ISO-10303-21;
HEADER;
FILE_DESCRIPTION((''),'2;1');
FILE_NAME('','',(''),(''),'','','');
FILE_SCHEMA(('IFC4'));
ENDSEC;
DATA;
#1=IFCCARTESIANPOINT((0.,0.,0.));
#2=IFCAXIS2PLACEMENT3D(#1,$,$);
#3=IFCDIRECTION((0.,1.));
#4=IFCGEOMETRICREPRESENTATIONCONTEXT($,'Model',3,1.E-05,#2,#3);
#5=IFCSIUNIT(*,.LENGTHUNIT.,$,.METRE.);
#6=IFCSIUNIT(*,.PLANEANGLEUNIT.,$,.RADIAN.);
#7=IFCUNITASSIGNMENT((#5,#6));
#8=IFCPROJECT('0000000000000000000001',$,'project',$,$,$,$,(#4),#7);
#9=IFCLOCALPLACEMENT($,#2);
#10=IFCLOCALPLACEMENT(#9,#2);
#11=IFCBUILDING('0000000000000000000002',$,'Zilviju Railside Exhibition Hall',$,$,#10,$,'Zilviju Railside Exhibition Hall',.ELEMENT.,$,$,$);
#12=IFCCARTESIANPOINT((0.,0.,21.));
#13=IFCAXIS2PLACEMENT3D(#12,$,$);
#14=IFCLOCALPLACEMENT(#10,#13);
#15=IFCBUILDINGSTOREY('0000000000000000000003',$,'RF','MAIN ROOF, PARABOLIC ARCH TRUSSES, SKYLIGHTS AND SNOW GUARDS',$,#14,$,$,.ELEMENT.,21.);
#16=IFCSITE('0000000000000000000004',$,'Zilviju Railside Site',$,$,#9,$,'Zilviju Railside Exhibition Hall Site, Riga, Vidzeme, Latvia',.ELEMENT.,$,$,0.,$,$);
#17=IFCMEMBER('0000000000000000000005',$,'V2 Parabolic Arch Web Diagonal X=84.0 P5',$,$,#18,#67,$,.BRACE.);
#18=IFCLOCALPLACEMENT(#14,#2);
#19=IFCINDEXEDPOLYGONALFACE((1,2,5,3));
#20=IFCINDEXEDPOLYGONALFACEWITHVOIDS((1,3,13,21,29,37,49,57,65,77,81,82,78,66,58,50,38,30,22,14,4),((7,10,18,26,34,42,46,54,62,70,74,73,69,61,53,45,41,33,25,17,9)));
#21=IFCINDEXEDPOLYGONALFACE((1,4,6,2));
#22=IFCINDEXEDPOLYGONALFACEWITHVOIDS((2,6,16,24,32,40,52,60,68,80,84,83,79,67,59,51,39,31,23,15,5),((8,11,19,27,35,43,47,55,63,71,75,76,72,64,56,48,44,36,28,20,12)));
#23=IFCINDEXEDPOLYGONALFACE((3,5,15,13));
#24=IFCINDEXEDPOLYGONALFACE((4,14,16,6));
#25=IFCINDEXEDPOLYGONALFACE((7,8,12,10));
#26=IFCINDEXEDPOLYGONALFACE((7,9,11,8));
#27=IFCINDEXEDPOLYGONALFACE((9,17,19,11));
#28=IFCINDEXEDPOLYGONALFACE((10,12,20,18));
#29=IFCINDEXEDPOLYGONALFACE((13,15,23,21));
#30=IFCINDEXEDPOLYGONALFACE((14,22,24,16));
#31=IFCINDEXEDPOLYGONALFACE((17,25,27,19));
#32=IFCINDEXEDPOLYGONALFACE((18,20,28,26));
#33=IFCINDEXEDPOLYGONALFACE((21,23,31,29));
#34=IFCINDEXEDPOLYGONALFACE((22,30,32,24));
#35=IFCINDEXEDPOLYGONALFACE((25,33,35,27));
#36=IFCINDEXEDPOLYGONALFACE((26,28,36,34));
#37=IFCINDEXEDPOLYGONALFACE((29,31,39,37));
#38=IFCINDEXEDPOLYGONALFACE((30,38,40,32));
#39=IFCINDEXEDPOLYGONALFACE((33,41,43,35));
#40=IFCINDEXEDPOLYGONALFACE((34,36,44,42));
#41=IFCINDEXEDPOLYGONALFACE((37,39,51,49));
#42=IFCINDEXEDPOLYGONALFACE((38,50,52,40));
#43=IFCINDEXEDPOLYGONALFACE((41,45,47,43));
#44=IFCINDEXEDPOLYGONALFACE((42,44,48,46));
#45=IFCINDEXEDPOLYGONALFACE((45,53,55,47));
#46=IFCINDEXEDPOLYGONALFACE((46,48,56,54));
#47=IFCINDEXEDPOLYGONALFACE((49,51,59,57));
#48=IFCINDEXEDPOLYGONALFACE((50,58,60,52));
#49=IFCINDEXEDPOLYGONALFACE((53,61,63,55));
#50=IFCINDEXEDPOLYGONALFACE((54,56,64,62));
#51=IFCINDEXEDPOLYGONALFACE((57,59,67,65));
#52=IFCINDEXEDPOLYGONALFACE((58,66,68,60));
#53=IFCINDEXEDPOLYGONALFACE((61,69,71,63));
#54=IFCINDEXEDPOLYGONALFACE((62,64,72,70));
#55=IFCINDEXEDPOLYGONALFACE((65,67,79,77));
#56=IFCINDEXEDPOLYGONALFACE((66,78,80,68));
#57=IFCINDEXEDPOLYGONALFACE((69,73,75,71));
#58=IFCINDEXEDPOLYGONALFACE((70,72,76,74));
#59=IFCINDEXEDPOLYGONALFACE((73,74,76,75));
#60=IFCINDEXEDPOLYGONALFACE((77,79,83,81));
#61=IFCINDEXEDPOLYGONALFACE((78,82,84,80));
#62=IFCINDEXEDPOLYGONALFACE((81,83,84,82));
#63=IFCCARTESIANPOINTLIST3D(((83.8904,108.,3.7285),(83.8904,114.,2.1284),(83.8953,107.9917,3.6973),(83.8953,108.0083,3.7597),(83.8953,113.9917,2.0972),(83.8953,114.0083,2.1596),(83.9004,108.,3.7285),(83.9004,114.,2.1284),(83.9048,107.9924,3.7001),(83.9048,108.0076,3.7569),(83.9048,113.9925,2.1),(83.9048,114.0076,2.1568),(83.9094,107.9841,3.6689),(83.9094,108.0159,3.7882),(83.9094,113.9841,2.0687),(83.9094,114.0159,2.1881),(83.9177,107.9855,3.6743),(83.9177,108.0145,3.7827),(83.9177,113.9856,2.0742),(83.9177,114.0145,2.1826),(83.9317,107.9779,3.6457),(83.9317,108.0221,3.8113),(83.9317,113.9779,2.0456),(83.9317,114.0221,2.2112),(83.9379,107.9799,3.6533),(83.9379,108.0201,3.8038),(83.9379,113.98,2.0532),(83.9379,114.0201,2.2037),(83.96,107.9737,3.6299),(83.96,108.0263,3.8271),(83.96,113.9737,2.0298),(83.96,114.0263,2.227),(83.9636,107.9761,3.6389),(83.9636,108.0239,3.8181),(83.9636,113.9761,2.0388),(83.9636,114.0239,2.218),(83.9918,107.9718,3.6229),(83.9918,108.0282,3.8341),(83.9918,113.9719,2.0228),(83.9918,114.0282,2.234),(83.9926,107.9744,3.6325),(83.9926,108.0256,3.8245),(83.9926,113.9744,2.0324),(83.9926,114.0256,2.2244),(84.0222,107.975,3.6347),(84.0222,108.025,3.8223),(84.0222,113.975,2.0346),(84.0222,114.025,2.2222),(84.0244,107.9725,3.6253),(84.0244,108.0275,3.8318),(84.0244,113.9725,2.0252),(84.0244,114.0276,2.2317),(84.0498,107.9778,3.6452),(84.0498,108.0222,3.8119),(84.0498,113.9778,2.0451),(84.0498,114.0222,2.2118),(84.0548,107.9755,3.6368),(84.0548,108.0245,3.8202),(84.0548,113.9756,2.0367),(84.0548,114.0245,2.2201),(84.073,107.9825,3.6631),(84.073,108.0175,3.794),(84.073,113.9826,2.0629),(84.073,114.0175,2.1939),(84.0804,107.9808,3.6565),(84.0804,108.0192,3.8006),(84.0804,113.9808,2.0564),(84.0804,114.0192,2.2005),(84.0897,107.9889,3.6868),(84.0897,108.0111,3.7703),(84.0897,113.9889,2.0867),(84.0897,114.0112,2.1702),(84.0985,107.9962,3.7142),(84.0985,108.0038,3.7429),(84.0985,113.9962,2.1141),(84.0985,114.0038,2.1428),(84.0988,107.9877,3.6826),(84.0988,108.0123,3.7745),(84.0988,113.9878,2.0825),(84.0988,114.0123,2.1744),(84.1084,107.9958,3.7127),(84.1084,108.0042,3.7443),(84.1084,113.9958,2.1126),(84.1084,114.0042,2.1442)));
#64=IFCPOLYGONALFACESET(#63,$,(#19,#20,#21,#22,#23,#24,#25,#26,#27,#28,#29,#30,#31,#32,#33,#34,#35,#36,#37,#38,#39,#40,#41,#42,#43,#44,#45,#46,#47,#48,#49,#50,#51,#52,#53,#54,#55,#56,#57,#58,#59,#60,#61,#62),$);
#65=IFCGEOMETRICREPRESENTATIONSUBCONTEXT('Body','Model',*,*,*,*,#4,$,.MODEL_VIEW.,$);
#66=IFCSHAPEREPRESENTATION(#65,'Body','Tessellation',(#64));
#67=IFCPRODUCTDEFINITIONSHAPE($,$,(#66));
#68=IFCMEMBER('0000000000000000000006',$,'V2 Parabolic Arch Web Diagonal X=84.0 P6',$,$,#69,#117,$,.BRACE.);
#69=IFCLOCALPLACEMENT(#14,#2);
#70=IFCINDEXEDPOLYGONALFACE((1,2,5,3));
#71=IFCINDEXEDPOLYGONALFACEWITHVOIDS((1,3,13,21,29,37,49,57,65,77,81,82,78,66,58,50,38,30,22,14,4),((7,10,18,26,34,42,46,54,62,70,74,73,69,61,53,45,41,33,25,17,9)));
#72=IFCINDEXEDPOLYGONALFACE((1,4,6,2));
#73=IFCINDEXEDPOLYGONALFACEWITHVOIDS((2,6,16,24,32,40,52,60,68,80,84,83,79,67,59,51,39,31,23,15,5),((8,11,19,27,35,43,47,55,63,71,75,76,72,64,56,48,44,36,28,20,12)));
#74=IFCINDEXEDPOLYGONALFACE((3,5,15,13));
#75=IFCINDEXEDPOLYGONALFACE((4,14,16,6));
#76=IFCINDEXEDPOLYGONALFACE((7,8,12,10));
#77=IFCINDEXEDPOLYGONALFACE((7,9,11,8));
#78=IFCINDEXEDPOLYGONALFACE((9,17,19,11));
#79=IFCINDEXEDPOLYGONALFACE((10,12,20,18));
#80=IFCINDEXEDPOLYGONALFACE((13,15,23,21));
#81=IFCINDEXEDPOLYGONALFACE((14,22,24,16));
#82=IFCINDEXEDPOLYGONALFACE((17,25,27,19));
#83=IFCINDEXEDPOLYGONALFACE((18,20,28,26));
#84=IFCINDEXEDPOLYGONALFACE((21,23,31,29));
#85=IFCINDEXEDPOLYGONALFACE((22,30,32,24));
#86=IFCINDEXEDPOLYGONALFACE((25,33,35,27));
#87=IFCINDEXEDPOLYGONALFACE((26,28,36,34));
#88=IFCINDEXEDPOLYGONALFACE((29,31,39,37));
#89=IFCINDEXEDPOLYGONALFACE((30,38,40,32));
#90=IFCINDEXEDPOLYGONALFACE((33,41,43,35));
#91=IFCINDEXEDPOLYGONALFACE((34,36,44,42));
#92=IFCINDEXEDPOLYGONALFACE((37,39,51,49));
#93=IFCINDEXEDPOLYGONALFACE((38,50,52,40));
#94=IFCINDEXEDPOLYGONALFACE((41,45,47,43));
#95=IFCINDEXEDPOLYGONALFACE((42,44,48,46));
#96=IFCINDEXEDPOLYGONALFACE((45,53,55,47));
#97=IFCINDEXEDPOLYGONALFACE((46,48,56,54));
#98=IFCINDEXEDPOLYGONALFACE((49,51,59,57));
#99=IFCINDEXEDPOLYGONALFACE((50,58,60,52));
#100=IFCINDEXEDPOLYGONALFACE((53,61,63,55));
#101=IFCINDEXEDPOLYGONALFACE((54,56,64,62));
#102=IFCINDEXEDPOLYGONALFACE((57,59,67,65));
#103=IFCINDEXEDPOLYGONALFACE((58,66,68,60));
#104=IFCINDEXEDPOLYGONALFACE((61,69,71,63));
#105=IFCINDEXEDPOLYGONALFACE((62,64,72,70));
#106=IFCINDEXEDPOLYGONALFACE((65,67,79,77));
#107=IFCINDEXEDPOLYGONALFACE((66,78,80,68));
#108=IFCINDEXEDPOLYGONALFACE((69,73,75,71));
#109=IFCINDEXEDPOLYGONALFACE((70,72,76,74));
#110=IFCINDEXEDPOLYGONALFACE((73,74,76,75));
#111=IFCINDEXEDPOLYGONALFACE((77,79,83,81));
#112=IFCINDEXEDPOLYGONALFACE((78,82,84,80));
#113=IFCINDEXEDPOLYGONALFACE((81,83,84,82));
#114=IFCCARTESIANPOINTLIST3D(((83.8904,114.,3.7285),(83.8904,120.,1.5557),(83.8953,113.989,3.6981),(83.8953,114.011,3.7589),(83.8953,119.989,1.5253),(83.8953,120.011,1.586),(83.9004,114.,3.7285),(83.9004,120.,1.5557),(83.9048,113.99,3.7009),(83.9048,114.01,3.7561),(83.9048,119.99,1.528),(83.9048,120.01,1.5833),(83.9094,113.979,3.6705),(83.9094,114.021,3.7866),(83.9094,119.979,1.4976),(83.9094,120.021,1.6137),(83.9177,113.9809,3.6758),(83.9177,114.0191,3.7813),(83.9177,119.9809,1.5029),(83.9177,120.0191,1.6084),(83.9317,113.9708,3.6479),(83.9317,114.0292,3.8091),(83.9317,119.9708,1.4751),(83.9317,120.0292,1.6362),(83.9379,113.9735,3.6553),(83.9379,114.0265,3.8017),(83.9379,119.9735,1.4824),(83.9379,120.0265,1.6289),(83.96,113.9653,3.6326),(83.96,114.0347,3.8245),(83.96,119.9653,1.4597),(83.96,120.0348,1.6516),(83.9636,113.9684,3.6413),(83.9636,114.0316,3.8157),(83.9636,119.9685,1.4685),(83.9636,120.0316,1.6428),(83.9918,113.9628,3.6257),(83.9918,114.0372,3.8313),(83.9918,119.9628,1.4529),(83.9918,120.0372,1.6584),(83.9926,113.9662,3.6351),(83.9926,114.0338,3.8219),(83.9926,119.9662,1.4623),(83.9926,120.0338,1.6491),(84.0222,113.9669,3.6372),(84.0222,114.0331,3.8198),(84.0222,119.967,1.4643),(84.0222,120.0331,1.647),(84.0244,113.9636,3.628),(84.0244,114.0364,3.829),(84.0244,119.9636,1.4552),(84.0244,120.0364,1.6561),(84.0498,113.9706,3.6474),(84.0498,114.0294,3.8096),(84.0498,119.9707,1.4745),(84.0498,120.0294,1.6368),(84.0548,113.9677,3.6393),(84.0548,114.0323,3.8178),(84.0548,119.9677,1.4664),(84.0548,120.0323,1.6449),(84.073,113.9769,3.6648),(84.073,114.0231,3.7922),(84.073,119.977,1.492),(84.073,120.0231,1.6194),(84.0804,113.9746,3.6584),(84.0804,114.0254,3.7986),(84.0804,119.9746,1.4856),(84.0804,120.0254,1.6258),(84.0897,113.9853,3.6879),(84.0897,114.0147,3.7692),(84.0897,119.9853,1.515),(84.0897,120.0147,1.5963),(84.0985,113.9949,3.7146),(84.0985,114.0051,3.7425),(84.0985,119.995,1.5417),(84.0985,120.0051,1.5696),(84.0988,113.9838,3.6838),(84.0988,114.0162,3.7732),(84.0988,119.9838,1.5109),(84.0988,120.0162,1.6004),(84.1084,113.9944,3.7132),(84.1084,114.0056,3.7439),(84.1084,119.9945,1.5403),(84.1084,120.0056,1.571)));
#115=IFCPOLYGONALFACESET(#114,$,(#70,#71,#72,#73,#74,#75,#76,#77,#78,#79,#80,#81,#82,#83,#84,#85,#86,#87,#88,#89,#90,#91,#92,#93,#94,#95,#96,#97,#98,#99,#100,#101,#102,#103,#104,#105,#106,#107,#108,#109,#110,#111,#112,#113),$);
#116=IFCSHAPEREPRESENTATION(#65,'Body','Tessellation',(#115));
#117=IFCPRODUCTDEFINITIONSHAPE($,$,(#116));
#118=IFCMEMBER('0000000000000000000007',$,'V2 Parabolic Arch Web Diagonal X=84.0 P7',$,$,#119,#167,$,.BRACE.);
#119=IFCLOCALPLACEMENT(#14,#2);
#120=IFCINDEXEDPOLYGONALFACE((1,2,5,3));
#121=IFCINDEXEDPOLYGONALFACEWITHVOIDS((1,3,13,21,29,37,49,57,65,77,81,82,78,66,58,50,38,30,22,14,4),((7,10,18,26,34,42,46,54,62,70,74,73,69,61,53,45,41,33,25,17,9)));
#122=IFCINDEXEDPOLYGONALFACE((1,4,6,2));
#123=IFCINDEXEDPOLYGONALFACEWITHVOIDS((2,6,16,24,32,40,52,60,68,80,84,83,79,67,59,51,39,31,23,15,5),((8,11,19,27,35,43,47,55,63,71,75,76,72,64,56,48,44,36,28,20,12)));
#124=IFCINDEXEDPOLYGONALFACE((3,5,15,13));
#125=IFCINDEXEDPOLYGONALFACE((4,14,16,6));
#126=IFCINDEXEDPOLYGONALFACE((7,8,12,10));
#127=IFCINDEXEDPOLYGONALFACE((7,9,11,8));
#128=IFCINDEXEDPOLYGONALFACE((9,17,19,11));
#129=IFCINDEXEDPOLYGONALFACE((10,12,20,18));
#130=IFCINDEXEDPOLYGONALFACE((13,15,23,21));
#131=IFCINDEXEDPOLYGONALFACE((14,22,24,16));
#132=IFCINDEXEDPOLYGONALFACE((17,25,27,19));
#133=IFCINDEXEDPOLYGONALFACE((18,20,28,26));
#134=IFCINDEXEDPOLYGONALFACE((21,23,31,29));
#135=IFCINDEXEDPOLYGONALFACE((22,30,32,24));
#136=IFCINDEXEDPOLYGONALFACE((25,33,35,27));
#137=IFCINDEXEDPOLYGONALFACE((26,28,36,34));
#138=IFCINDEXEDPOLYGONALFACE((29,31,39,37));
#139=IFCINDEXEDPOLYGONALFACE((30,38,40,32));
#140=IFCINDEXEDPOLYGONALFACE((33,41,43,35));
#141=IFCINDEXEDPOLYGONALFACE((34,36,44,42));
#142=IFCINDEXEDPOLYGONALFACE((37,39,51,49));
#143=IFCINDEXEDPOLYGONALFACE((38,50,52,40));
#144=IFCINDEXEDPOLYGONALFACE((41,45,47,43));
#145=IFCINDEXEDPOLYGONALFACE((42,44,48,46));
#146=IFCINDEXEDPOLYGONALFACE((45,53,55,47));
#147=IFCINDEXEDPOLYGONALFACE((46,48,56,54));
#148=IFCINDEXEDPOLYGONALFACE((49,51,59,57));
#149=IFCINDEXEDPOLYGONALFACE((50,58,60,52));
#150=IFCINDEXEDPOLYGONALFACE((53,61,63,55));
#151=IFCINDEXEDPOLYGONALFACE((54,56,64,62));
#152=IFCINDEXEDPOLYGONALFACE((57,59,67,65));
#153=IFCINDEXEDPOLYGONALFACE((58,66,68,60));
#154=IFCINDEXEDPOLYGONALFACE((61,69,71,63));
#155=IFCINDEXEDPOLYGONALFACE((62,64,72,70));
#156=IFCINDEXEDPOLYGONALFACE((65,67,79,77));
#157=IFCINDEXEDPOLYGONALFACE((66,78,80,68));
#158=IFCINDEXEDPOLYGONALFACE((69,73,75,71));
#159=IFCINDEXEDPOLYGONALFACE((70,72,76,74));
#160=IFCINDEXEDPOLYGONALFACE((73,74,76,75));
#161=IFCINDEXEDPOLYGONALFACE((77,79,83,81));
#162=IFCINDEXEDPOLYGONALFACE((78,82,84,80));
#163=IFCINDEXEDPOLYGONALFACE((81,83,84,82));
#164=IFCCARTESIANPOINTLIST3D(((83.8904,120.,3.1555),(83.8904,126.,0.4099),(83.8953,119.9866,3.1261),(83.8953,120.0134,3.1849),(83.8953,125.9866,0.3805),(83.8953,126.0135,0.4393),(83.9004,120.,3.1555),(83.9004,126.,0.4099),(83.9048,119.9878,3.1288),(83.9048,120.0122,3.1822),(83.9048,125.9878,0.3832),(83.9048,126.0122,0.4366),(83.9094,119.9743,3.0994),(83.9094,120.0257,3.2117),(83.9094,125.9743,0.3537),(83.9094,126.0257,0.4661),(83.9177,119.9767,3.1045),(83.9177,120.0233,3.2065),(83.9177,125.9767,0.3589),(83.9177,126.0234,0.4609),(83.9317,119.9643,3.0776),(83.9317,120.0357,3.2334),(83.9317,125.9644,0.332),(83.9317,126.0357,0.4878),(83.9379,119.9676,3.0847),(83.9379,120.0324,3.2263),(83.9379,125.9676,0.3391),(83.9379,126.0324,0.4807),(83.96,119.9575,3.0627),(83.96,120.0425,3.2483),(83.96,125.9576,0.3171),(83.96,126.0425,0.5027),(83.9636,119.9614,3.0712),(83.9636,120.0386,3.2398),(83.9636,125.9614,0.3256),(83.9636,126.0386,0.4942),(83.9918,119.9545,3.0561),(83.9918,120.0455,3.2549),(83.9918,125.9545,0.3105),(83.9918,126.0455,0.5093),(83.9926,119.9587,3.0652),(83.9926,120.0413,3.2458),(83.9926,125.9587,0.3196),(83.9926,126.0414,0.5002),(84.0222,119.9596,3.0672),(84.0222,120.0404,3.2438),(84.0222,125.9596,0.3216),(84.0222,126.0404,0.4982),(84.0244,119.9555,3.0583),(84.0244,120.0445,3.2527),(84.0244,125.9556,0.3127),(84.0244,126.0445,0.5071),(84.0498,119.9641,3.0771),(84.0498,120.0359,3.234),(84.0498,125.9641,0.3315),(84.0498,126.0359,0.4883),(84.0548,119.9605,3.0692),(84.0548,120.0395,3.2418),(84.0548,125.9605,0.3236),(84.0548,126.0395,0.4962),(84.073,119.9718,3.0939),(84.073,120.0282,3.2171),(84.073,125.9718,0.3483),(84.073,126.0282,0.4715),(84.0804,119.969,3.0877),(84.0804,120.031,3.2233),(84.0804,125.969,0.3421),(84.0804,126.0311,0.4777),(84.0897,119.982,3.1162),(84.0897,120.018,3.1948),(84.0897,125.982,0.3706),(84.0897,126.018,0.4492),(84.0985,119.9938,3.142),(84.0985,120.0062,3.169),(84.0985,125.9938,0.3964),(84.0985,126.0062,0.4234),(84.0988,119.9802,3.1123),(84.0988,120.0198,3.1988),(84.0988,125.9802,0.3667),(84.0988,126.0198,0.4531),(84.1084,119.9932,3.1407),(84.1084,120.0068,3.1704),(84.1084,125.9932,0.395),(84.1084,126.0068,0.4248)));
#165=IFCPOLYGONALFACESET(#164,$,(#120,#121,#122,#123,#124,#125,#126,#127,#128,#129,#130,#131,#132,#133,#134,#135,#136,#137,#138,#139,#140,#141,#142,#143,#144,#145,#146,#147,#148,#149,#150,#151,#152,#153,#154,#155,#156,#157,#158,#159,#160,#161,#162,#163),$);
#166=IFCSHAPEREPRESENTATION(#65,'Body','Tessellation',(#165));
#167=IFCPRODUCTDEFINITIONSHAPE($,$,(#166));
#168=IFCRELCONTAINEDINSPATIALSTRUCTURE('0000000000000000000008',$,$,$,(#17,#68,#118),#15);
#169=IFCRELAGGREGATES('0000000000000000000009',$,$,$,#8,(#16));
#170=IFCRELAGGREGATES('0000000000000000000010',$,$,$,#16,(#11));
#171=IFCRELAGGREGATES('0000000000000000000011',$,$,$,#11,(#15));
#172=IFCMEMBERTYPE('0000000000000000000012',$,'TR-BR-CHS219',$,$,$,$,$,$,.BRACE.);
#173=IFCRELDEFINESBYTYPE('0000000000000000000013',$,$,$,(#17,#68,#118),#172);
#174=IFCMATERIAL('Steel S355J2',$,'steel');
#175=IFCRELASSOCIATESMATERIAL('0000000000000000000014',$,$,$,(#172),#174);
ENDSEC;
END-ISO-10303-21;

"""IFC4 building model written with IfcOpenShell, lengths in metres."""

from ifc_helpers import new_model, si_unit, direction, frame, origin, origin_2d, place, context, subcontext, project, spatial, hollow_circle, extrude, material, material_profile, profile_set, type_object, element, save


model = new_model("IFC4")

# Units and contexts
model_context = context("Model", 3, precision=1e-05, world=origin(), true_north=direction((0.0, 1.0)))
body_context = subcontext(model_context, "Body", "Model", "MODEL_VIEW")
ifc_project = project(units=[si_unit("LENGTHUNIT", "METRE"), si_unit("PLANEANGLEUNIT", "RADIAN")], contexts=[model_context])

# Site, building, storey
site_placement = place(None, origin())
site = spatial("IfcSite", under=ifc_project, at=site_placement, Name="Zilviju Railside Site", LongName="Zilviju Railside Exhibition Hall Site, Riga, Vidzeme, Latvia", CompositionType="ELEMENT", RefElevation=0.0)
building_placement = place(site_placement, origin())
building = spatial("IfcBuilding", under=site, at=building_placement, Name="Zilviju Railside Exhibition Hall", LongName="Zilviju Railside Exhibition Hall", CompositionType="ELEMENT")
storey_placement = place(building_placement, frame((0.0, 0.0, 21.0)))
storey = spatial("IfcBuildingStorey", under=building, at=storey_placement, Name="RF", Description="MAIN ROOF, PARABOLIC ARCH TRUSSES, SKYLIGHTS AND SNOW GUARDS", CompositionType="ELEMENT", Elevation=21.0)

# Members
ifc_material_1 = material(Name="Steel S355J2", Category="steel")
ifc_material_profile_1 = material_profile(ifc_material_1, hollow_circle(Radius=0.1096, WallThickness=0.01, at=origin_2d()), Name="CHS 219.1x10.0")
ifc_profile_set_1 = profile_set([ifc_material_profile_1], Name="Steel S355J2")
member_type_1 = type_object("IfcMemberType", Name="TR-BR-CHS219", PredefinedType="BRACE", material=ifc_profile_set_1)
member_1_placement = place(storey_placement, frame((84.0, 108.0, 3.7285), z_axis=(0.0, 0.966231, -0.257677), x_axis=(-1.0, 0.0, 0.0)))
element("IfcMember", 1, at=member_1_placement, inside=storey, type_object=member_type_1, Name="V2 Parabolic Arch Web Diagonal X=84.0 P5", PredefinedType="BRACE", context=body_context, shape_type="SweptSolid", body=[
    extrude(hollow_circle(Radius=0.1096, WallThickness=0.01, at=origin_2d()), origin(), (0.0, 0.0, 1.0), 6.2097),
])
member_2_placement = place(storey_placement, frame((84.0, 114.0, 3.7285), z_axis=(0.0, 0.940244, -0.340502), x_axis=(-1.0, 0.0, 0.0)))
element("IfcMember", 2, at=member_2_placement, inside=storey, type_object=member_type_1, Name="V2 Parabolic Arch Web Diagonal X=84.0 P6", PredefinedType="BRACE", context=body_context, shape_type="SweptSolid", body=[
    extrude(hollow_circle(Radius=0.1096, WallThickness=0.01, at=origin_2d()), origin(), (0.0, 0.0, 1.0), 6.3813),
])
member_3_placement = place(storey_placement, frame((84.0, 120.0, 3.1555), z_axis=(0.0, 0.909317, -0.416104), x_axis=(-1.0, 0.0, 0.0)))
element("IfcMember", 3, at=member_3_placement, inside=storey, type_object=member_type_1, Name="V2 Parabolic Arch Web Diagonal X=84.0 P7", PredefinedType="BRACE", context=body_context, shape_type="SweptSolid", body=[
    extrude(hollow_circle(Radius=0.1096, WallThickness=0.01, at=origin_2d()), origin(), (0.0, 0.0, 1.0), 6.5984),
])

save(model, "model.ifc")
